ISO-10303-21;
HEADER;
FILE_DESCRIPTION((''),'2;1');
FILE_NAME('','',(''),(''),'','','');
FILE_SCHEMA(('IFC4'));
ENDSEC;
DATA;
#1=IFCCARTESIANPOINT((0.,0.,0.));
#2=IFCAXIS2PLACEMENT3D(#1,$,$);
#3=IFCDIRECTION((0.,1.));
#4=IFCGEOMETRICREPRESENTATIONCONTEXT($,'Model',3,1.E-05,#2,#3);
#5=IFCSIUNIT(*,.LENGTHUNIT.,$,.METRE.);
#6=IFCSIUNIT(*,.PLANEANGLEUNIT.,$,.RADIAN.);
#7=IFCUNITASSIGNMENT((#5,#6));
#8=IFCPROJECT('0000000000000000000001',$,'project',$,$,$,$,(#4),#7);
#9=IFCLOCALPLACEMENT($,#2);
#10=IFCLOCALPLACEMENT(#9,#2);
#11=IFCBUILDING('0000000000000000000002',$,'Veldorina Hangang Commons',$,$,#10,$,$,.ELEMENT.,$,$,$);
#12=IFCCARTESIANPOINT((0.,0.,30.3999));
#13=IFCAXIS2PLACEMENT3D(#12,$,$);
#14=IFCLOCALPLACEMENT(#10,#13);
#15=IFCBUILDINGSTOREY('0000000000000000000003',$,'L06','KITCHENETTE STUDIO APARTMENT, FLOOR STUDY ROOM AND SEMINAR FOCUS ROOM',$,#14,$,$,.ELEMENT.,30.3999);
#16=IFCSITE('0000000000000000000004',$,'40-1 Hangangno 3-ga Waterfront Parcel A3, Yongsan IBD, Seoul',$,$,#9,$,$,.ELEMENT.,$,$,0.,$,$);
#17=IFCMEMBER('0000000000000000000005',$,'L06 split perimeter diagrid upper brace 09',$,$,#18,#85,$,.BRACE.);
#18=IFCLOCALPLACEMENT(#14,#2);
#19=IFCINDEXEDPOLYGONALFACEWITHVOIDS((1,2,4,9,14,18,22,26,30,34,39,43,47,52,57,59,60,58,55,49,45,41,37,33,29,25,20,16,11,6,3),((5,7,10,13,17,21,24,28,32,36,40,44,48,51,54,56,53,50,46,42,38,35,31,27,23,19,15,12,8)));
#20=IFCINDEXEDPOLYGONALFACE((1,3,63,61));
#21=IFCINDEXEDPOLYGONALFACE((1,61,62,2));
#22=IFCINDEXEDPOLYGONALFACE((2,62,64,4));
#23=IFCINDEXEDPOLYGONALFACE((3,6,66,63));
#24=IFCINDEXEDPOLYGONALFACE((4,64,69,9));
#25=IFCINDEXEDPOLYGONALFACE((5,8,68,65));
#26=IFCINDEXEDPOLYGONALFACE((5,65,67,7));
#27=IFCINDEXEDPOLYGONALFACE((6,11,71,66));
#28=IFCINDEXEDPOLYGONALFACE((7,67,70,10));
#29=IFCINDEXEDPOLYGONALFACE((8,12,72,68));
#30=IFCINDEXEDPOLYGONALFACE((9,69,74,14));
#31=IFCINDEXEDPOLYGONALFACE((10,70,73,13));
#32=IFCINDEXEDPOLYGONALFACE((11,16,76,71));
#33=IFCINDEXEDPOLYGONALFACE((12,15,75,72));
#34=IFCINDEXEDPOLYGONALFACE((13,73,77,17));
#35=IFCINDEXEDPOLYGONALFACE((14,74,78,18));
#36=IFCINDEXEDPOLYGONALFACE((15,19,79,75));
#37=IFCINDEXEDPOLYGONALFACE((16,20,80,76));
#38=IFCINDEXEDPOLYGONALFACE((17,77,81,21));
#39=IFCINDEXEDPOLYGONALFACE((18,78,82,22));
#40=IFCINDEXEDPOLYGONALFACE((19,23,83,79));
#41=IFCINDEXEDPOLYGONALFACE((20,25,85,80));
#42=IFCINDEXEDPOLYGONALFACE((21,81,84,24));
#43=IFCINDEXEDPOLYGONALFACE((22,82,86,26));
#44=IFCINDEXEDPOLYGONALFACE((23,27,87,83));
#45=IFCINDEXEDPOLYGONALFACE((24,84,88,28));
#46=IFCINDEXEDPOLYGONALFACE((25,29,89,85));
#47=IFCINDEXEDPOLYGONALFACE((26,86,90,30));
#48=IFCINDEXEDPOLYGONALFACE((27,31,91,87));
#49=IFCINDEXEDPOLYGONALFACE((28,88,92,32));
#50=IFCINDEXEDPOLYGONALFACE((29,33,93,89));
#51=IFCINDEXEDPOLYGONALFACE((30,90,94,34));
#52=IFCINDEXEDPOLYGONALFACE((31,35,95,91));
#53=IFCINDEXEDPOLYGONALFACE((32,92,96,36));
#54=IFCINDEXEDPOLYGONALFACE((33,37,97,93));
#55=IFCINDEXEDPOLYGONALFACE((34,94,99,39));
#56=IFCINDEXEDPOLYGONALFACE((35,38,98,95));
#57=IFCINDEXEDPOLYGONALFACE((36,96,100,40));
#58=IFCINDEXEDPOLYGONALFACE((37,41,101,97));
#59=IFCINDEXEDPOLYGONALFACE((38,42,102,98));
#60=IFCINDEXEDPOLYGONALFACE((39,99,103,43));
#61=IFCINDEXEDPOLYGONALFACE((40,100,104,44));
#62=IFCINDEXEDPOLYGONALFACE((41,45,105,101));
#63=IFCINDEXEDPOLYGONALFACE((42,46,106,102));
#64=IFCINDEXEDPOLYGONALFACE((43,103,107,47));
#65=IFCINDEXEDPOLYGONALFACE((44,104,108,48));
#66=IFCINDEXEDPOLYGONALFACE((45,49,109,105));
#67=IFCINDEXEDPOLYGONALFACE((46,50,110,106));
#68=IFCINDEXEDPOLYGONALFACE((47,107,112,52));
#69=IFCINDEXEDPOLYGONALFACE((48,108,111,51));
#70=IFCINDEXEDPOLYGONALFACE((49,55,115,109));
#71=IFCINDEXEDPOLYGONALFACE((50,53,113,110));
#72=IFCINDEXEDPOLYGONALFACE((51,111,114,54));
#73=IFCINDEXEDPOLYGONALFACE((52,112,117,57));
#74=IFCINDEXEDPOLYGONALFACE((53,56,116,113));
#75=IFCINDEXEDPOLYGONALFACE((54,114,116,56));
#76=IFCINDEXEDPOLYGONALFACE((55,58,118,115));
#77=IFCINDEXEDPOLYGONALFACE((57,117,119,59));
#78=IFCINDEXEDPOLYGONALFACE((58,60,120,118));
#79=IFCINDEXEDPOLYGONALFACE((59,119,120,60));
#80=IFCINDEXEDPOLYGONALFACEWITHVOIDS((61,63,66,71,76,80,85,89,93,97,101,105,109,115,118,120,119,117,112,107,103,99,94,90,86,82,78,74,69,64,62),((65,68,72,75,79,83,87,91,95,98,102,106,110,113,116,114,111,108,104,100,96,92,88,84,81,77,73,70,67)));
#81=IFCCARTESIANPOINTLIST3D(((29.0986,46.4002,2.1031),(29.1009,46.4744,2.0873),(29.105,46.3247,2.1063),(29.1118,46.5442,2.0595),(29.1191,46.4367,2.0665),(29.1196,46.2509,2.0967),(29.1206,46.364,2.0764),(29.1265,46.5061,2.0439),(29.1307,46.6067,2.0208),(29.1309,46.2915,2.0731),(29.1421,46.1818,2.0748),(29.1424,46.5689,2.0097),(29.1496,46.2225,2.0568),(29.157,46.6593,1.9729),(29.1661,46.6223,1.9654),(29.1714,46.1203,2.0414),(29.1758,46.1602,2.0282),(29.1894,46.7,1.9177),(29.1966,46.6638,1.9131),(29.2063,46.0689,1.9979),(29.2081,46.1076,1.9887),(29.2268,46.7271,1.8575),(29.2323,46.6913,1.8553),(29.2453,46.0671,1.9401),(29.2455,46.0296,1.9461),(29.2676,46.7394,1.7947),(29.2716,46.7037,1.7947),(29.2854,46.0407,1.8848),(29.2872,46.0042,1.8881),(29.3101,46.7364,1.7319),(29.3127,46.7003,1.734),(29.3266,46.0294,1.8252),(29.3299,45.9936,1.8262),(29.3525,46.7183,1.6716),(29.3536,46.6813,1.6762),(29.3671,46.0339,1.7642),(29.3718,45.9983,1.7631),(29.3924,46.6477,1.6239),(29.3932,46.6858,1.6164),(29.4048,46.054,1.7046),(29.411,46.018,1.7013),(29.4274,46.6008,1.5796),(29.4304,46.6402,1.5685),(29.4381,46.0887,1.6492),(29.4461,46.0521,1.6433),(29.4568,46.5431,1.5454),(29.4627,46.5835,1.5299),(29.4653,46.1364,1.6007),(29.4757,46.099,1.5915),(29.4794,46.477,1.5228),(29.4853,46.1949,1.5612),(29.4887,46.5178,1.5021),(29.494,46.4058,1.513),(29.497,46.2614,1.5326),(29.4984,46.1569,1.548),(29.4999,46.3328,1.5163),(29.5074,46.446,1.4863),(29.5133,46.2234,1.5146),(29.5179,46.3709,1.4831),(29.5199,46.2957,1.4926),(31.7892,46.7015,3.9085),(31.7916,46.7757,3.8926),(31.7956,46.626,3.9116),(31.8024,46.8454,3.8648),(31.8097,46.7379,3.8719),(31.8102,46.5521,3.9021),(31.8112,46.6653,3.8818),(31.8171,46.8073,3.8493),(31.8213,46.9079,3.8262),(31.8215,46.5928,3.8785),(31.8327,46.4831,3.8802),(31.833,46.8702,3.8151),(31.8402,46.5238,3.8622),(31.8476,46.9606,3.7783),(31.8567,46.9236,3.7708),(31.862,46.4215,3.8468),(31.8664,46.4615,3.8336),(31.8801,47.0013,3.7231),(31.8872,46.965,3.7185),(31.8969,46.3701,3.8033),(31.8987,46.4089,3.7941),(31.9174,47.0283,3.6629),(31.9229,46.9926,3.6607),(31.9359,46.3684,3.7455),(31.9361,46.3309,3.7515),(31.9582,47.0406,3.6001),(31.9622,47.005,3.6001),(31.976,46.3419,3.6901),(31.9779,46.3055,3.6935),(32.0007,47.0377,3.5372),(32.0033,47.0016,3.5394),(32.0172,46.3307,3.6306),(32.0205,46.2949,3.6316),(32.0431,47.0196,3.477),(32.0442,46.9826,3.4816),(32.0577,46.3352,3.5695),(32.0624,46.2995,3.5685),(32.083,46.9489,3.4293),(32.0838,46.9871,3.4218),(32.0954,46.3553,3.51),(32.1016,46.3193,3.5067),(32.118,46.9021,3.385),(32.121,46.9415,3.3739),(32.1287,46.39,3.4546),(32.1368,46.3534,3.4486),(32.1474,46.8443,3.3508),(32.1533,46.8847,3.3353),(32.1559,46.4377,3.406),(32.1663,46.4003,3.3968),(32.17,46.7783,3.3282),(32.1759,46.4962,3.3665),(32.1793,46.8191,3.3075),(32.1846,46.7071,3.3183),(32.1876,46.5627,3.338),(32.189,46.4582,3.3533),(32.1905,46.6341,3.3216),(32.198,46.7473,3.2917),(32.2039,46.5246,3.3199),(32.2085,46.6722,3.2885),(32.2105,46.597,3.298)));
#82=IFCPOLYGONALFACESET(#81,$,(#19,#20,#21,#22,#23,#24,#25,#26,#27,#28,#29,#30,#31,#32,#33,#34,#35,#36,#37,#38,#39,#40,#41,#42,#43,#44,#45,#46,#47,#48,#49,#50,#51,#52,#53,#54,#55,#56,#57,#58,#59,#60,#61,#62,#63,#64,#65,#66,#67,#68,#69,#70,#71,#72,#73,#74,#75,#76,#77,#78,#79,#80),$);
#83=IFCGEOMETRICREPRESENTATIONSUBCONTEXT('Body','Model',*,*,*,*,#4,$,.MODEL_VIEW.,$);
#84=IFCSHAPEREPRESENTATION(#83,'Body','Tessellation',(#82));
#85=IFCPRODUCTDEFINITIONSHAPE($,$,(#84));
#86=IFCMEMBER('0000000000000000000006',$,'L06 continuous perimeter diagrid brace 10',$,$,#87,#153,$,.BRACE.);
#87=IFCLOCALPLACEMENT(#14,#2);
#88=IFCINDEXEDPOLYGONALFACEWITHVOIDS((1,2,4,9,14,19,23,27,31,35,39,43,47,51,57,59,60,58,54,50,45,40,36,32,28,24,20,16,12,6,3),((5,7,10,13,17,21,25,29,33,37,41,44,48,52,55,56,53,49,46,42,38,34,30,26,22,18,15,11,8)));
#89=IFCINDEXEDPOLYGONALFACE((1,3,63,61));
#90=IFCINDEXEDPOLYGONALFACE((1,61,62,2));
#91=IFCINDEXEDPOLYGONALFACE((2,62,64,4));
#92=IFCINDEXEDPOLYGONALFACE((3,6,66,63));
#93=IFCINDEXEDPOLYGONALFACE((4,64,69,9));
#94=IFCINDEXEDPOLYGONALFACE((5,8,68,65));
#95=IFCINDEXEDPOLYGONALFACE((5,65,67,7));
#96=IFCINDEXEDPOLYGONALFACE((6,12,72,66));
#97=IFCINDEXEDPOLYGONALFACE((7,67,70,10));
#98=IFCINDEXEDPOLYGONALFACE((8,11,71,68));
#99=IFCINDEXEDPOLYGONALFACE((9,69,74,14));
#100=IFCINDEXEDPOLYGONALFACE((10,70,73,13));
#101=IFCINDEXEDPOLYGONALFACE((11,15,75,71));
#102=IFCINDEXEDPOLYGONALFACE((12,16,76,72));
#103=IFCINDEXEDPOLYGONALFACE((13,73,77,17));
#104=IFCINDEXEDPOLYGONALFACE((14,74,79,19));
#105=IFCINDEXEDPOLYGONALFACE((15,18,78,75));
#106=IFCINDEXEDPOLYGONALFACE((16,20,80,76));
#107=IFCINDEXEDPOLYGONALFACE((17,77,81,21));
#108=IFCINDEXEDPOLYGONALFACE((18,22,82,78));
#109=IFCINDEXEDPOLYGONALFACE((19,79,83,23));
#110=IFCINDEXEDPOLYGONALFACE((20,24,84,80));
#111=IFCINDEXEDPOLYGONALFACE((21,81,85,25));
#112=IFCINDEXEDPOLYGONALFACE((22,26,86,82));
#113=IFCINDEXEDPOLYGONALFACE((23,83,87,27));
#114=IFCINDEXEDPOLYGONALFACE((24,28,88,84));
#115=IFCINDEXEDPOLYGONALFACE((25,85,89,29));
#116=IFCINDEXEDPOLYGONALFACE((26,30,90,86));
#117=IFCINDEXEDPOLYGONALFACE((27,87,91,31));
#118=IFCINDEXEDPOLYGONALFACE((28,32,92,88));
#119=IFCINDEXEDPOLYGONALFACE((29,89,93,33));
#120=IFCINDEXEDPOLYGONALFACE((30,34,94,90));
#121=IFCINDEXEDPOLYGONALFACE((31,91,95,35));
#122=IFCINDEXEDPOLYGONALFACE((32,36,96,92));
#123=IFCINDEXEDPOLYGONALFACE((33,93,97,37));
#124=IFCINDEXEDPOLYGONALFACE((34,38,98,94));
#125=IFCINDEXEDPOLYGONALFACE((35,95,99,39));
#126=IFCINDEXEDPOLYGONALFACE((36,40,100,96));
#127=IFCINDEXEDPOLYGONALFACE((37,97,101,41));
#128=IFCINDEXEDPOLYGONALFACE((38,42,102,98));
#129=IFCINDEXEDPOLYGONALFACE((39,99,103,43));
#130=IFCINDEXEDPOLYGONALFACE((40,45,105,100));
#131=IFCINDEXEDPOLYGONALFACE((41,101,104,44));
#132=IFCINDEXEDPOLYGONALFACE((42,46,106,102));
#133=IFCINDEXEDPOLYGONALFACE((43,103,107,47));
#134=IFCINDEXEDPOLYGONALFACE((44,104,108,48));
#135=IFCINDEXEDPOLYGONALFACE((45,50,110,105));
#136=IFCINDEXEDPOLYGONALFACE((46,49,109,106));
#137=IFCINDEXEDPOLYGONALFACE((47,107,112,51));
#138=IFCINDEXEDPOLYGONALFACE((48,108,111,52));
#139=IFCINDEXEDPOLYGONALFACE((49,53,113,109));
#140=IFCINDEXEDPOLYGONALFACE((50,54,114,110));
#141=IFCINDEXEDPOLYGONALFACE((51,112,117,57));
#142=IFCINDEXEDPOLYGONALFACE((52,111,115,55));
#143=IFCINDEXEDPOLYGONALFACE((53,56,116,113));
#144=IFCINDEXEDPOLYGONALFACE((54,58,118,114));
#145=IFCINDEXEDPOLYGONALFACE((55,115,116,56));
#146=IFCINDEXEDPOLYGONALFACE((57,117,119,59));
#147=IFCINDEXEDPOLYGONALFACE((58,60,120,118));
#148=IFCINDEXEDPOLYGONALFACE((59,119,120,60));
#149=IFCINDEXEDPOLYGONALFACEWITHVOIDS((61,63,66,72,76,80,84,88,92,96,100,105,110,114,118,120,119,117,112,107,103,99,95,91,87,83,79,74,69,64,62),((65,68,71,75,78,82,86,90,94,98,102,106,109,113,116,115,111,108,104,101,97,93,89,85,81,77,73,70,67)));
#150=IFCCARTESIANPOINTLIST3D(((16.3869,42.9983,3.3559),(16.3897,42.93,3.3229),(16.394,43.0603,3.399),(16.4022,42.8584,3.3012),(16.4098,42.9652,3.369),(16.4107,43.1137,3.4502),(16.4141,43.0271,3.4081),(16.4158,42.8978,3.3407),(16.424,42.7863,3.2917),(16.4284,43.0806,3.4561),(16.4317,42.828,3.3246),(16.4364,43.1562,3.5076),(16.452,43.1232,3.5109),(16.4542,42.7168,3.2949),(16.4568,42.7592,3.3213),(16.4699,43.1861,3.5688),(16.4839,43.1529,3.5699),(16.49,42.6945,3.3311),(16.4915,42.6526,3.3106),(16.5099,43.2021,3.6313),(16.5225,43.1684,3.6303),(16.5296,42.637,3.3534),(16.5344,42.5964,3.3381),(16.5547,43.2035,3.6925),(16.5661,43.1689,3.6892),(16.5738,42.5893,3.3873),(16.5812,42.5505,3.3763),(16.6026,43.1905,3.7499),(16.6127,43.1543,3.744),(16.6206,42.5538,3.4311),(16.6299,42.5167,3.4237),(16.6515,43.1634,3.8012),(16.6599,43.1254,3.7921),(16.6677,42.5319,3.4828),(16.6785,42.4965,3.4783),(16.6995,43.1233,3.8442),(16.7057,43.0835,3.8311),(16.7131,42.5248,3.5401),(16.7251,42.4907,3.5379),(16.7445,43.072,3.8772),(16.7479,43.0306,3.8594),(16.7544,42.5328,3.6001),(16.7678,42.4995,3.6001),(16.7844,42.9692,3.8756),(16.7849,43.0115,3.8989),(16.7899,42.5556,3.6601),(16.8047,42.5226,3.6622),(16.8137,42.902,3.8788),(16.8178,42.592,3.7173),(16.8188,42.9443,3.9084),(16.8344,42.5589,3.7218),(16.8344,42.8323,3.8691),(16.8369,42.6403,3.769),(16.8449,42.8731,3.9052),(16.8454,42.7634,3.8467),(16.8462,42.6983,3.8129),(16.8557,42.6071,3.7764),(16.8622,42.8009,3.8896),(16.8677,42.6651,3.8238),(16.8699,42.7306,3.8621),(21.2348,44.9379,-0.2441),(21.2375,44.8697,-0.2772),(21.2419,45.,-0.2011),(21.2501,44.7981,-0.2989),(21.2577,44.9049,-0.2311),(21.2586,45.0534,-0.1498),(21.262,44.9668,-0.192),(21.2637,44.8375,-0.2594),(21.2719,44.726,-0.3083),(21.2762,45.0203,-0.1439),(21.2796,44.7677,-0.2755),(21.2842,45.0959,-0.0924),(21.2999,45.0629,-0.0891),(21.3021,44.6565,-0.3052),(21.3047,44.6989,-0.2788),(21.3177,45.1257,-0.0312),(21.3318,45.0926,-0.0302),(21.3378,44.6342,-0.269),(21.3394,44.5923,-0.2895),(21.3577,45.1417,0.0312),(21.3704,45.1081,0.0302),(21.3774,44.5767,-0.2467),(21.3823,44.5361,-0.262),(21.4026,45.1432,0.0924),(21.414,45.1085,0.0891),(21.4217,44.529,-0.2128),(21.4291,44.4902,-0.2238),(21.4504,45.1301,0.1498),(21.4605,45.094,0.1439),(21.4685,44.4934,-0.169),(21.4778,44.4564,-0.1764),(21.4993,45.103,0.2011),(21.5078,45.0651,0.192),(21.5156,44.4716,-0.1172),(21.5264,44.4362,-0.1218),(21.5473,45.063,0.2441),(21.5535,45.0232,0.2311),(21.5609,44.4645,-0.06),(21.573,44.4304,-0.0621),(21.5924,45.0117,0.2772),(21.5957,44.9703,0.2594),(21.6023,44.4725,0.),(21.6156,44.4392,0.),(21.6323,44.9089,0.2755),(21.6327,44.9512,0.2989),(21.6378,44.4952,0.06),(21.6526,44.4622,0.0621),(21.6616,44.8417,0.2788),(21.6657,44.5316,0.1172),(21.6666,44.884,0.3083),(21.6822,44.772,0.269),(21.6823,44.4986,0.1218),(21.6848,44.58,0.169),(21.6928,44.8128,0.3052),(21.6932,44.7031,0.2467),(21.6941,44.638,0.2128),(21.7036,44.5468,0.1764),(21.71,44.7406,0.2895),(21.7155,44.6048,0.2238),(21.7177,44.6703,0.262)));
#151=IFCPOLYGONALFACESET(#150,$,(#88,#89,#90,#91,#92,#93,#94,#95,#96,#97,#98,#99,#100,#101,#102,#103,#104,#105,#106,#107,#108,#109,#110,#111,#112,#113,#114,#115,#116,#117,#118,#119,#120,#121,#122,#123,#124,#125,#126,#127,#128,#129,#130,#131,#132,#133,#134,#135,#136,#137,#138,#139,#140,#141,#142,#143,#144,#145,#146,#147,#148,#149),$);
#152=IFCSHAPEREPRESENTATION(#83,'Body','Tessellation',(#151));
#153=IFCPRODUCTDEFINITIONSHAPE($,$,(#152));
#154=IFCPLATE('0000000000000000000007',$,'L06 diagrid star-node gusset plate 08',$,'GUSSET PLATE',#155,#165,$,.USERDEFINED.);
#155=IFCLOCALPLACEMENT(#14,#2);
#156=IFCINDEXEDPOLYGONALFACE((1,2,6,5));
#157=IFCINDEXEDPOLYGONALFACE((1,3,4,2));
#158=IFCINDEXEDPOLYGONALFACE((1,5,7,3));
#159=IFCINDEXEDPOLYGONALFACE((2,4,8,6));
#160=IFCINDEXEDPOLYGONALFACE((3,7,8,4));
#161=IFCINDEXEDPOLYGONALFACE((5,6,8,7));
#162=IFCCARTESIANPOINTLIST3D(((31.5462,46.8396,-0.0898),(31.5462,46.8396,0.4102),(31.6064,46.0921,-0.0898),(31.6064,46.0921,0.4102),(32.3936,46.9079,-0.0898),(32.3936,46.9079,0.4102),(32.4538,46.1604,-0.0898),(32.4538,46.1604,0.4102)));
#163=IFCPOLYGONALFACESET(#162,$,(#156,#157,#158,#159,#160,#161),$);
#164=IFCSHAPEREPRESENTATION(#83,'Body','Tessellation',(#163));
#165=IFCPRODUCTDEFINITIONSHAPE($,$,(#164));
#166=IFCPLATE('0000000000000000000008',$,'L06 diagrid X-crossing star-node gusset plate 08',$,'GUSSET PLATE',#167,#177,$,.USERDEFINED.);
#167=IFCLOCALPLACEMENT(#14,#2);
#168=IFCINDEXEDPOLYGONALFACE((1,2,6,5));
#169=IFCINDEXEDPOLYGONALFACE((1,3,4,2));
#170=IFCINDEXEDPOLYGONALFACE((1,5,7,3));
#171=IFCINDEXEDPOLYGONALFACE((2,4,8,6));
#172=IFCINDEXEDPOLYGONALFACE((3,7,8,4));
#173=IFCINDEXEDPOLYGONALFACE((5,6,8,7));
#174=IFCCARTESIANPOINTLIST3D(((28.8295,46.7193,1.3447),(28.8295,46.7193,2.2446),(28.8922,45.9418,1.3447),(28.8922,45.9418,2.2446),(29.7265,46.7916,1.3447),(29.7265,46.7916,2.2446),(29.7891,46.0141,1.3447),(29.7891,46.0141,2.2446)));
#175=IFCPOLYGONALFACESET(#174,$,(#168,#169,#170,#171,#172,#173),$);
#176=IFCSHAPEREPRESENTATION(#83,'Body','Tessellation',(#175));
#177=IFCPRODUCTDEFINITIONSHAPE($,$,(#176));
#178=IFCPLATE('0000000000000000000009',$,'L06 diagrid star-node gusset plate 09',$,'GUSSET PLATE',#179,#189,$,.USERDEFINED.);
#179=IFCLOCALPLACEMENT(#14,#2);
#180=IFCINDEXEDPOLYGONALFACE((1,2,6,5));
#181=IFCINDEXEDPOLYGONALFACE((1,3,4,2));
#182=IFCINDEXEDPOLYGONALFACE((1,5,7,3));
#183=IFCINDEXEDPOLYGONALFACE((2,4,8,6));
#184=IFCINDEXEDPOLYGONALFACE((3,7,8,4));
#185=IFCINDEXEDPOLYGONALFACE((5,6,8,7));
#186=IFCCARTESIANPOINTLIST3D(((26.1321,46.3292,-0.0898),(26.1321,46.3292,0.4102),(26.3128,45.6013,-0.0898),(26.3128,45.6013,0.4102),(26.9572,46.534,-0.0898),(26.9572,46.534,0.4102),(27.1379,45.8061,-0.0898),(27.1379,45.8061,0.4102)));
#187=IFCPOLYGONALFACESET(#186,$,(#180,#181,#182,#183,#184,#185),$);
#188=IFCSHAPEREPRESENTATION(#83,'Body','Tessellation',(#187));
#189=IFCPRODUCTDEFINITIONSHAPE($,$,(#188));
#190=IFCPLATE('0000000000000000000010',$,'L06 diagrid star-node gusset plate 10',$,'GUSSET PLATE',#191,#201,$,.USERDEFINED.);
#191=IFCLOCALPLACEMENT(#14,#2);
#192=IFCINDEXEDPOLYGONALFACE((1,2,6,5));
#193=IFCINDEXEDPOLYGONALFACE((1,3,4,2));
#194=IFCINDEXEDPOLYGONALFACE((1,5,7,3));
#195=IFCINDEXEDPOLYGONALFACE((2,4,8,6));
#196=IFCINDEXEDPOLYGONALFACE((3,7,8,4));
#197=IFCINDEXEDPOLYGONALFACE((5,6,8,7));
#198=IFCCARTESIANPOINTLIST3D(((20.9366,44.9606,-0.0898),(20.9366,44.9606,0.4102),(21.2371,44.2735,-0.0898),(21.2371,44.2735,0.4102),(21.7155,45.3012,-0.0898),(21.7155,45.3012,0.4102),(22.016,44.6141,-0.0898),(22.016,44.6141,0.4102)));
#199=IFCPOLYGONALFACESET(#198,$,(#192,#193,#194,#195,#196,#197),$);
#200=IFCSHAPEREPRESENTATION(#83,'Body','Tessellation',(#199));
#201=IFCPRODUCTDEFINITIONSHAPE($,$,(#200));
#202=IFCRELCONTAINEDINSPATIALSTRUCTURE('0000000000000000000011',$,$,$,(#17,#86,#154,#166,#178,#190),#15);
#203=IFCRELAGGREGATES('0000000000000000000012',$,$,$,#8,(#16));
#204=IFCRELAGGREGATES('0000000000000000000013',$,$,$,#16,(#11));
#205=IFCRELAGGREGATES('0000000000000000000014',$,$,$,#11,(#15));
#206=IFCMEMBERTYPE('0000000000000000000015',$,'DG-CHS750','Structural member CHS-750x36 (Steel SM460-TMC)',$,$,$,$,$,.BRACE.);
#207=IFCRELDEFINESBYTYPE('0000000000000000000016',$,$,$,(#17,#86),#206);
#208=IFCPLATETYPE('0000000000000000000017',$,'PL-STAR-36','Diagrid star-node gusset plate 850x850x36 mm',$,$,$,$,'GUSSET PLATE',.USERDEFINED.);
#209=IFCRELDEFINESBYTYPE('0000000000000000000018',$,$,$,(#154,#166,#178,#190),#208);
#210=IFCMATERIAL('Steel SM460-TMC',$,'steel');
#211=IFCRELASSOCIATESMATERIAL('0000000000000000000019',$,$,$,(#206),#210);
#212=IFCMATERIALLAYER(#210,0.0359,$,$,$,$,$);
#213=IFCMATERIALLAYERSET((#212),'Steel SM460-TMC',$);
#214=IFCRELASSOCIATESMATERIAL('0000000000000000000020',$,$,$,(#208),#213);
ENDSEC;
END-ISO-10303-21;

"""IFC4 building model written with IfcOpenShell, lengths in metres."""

from ifc_helpers import new_model, si_unit, direction, frame, origin, origin_2d, place, context, subcontext, project, spatial, rectangle, hollow_circle, extrude, material, layer, layer_set, material_profile, profile_set, type_object, element, save


model = new_model("IFC4")

# Units and contexts
model_context = context("Model", 3, precision=1e-05, world=origin(), true_north=direction((0.0, 1.0)))
body_context = subcontext(model_context, "Body", "Model", "MODEL_VIEW")
ifc_project = project(units=[si_unit("LENGTHUNIT", "METRE"), si_unit("PLANEANGLEUNIT", "RADIAN")], contexts=[model_context])

# Site, building, storey
site_placement = place(None, origin())
site = spatial("IfcSite", under=ifc_project, at=site_placement, Name="40-1 Hangangno 3-ga Waterfront Parcel A3, Yongsan IBD, Seoul", CompositionType="ELEMENT", RefElevation=0.0)
building_placement = place(site_placement, origin())
building = spatial("IfcBuilding", under=site, at=building_placement, Name="Veldorina Hangang Commons", CompositionType="ELEMENT")
storey_placement = place(building_placement, frame((0.0, 0.0, 30.3999)))
storey = spatial("IfcBuildingStorey", under=building, at=storey_placement, Name="L06", Description="KITCHENETTE STUDIO APARTMENT, FLOOR STUDY ROOM AND SEMINAR FOCUS ROOM", CompositionType="ELEMENT", Elevation=30.3999)

# Shared definitions
ifc_material_1 = material(Name="Steel SM460-TMC", Category="steel")

# Members
ifc_material_profile_1 = material_profile(ifc_material_1, hollow_circle(Radius=0.375, WallThickness=0.0359, at=origin_2d()), Name="CHS-750x36")
ifc_profile_set_1 = profile_set([ifc_material_profile_1], Name="Steel SM460-TMC")
member_type = type_object("IfcMemberType", Name="DG-CHS750", Description="Structural member CHS-750x36 (Steel SM460-TMC)", PredefinedType="BRACE", material=ifc_profile_set_1)
member_1_placement = place(storey_placement, frame((29.3093, 46.3667, 1.7947), z_axis=(0.826823, 0.092578, 0.554791), x_axis=(-0.111273, 0.99379, 0.0)))
element("IfcMember", 1, at=member_1_placement, inside=storey, type_object=member_type, Name="L06 split perimeter diagrid upper brace 09", PredefinedType="BRACE", context=body_context, shape_type="SweptSolid", body=[
    extrude(hollow_circle(Radius=0.375, WallThickness=0.0359, at=origin_2d()), origin(), (0.0, 0.0, 1.0), 3.2542),
])
member_2_placement = place(storey_placement, frame((21.4763, 44.7874, 0.0), z_axis=(-0.764371, -0.305833, 0.567629), x_axis=(0.371479, -0.928441, 0.0)))
element("IfcMember", 2, at=member_2_placement, inside=storey, type_object=member_type, Name="L06 continuous perimeter diagrid brace 10", PredefinedType="BRACE", context=body_context, shape_type="SweptSolid", body=[
    extrude(hollow_circle(Radius=0.375, WallThickness=0.0359, at=origin_2d()), origin(), (0.0, 0.0, 1.0), 6.3423),
])

# Plates
ifc_layer_1 = layer(ifc_material_1, 0.0359)
ifc_layer_set_1 = layer_set([ifc_layer_1], Name="Steel SM460-TMC")
plate_type = type_object("IfcPlateType", Name="PL-STAR-36", Description="Diagrid star-node gusset plate 850x850x36 mm", ElementType="GUSSET PLATE", PredefinedType="USERDEFINED", material=ifc_layer_set_1)
plate_1_placement = place(storey_placement, frame((32.0, 46.5, -0.0898), z_axis=(0.0, 0.0, 1.0), x_axis=(-0.996769, -0.080321, 0.0)))
element("IfcPlate", 3, at=plate_1_placement, inside=storey, type_object=plate_type, Name="L06 diagrid star-node gusset plate 08", ObjectType="GUSSET PLATE", PredefinedType="USERDEFINED", context=body_context, shape_type="SweptSolid", body=[
    extrude(rectangle(XDim=0.8501, YDim=0.75, at=origin_2d()), origin(), (0.0, 0.0, 1.0), 0.5),
])
plate_2_placement = place(storey_placement, frame((29.3093, 46.3667, 1.3447), z_axis=(0.0, 0.0, 1.0), x_axis=(-0.996769, -0.080321, 0.0)))
element("IfcPlate", 4, at=plate_2_placement, inside=storey, type_object=plate_type, Name="L06 diagrid X-crossing star-node gusset plate 08", ObjectType="GUSSET PLATE", PredefinedType="USERDEFINED", context=body_context, shape_type="SweptSolid", body=[
    extrude(rectangle(XDim=0.8999, YDim=0.78, at=origin_2d()), origin(), (0.0, 0.0, 1.0), 0.8999),
])
for number, where, z_axis, x_axis, name in (
    (5, (26.635, 46.0676, -0.0898), (0.0, 0.0, 1.0), (-0.970553, -0.240889, 0.0), "L06 diagrid star-node gusset plate 09"),
    (6, (21.4763, 44.7874, -0.0898), (0.0, 0.0, 1.0), (-0.916216, -0.400685, 0.0), "L06 diagrid star-node gusset plate 10"),
):
    element("IfcPlate", number, at=place(storey_placement, frame(where, z_axis=z_axis, x_axis=x_axis)), inside=storey, type_object=plate_type, Name=name, ObjectType="GUSSET PLATE", PredefinedType="USERDEFINED", context=body_context, shape_type="SweptSolid", body=[
        extrude(rectangle(XDim=0.8501, YDim=0.75, at=origin_2d()), origin(), (0.0, 0.0, 1.0), 0.5),
    ])

save(model, "model.ifc")
